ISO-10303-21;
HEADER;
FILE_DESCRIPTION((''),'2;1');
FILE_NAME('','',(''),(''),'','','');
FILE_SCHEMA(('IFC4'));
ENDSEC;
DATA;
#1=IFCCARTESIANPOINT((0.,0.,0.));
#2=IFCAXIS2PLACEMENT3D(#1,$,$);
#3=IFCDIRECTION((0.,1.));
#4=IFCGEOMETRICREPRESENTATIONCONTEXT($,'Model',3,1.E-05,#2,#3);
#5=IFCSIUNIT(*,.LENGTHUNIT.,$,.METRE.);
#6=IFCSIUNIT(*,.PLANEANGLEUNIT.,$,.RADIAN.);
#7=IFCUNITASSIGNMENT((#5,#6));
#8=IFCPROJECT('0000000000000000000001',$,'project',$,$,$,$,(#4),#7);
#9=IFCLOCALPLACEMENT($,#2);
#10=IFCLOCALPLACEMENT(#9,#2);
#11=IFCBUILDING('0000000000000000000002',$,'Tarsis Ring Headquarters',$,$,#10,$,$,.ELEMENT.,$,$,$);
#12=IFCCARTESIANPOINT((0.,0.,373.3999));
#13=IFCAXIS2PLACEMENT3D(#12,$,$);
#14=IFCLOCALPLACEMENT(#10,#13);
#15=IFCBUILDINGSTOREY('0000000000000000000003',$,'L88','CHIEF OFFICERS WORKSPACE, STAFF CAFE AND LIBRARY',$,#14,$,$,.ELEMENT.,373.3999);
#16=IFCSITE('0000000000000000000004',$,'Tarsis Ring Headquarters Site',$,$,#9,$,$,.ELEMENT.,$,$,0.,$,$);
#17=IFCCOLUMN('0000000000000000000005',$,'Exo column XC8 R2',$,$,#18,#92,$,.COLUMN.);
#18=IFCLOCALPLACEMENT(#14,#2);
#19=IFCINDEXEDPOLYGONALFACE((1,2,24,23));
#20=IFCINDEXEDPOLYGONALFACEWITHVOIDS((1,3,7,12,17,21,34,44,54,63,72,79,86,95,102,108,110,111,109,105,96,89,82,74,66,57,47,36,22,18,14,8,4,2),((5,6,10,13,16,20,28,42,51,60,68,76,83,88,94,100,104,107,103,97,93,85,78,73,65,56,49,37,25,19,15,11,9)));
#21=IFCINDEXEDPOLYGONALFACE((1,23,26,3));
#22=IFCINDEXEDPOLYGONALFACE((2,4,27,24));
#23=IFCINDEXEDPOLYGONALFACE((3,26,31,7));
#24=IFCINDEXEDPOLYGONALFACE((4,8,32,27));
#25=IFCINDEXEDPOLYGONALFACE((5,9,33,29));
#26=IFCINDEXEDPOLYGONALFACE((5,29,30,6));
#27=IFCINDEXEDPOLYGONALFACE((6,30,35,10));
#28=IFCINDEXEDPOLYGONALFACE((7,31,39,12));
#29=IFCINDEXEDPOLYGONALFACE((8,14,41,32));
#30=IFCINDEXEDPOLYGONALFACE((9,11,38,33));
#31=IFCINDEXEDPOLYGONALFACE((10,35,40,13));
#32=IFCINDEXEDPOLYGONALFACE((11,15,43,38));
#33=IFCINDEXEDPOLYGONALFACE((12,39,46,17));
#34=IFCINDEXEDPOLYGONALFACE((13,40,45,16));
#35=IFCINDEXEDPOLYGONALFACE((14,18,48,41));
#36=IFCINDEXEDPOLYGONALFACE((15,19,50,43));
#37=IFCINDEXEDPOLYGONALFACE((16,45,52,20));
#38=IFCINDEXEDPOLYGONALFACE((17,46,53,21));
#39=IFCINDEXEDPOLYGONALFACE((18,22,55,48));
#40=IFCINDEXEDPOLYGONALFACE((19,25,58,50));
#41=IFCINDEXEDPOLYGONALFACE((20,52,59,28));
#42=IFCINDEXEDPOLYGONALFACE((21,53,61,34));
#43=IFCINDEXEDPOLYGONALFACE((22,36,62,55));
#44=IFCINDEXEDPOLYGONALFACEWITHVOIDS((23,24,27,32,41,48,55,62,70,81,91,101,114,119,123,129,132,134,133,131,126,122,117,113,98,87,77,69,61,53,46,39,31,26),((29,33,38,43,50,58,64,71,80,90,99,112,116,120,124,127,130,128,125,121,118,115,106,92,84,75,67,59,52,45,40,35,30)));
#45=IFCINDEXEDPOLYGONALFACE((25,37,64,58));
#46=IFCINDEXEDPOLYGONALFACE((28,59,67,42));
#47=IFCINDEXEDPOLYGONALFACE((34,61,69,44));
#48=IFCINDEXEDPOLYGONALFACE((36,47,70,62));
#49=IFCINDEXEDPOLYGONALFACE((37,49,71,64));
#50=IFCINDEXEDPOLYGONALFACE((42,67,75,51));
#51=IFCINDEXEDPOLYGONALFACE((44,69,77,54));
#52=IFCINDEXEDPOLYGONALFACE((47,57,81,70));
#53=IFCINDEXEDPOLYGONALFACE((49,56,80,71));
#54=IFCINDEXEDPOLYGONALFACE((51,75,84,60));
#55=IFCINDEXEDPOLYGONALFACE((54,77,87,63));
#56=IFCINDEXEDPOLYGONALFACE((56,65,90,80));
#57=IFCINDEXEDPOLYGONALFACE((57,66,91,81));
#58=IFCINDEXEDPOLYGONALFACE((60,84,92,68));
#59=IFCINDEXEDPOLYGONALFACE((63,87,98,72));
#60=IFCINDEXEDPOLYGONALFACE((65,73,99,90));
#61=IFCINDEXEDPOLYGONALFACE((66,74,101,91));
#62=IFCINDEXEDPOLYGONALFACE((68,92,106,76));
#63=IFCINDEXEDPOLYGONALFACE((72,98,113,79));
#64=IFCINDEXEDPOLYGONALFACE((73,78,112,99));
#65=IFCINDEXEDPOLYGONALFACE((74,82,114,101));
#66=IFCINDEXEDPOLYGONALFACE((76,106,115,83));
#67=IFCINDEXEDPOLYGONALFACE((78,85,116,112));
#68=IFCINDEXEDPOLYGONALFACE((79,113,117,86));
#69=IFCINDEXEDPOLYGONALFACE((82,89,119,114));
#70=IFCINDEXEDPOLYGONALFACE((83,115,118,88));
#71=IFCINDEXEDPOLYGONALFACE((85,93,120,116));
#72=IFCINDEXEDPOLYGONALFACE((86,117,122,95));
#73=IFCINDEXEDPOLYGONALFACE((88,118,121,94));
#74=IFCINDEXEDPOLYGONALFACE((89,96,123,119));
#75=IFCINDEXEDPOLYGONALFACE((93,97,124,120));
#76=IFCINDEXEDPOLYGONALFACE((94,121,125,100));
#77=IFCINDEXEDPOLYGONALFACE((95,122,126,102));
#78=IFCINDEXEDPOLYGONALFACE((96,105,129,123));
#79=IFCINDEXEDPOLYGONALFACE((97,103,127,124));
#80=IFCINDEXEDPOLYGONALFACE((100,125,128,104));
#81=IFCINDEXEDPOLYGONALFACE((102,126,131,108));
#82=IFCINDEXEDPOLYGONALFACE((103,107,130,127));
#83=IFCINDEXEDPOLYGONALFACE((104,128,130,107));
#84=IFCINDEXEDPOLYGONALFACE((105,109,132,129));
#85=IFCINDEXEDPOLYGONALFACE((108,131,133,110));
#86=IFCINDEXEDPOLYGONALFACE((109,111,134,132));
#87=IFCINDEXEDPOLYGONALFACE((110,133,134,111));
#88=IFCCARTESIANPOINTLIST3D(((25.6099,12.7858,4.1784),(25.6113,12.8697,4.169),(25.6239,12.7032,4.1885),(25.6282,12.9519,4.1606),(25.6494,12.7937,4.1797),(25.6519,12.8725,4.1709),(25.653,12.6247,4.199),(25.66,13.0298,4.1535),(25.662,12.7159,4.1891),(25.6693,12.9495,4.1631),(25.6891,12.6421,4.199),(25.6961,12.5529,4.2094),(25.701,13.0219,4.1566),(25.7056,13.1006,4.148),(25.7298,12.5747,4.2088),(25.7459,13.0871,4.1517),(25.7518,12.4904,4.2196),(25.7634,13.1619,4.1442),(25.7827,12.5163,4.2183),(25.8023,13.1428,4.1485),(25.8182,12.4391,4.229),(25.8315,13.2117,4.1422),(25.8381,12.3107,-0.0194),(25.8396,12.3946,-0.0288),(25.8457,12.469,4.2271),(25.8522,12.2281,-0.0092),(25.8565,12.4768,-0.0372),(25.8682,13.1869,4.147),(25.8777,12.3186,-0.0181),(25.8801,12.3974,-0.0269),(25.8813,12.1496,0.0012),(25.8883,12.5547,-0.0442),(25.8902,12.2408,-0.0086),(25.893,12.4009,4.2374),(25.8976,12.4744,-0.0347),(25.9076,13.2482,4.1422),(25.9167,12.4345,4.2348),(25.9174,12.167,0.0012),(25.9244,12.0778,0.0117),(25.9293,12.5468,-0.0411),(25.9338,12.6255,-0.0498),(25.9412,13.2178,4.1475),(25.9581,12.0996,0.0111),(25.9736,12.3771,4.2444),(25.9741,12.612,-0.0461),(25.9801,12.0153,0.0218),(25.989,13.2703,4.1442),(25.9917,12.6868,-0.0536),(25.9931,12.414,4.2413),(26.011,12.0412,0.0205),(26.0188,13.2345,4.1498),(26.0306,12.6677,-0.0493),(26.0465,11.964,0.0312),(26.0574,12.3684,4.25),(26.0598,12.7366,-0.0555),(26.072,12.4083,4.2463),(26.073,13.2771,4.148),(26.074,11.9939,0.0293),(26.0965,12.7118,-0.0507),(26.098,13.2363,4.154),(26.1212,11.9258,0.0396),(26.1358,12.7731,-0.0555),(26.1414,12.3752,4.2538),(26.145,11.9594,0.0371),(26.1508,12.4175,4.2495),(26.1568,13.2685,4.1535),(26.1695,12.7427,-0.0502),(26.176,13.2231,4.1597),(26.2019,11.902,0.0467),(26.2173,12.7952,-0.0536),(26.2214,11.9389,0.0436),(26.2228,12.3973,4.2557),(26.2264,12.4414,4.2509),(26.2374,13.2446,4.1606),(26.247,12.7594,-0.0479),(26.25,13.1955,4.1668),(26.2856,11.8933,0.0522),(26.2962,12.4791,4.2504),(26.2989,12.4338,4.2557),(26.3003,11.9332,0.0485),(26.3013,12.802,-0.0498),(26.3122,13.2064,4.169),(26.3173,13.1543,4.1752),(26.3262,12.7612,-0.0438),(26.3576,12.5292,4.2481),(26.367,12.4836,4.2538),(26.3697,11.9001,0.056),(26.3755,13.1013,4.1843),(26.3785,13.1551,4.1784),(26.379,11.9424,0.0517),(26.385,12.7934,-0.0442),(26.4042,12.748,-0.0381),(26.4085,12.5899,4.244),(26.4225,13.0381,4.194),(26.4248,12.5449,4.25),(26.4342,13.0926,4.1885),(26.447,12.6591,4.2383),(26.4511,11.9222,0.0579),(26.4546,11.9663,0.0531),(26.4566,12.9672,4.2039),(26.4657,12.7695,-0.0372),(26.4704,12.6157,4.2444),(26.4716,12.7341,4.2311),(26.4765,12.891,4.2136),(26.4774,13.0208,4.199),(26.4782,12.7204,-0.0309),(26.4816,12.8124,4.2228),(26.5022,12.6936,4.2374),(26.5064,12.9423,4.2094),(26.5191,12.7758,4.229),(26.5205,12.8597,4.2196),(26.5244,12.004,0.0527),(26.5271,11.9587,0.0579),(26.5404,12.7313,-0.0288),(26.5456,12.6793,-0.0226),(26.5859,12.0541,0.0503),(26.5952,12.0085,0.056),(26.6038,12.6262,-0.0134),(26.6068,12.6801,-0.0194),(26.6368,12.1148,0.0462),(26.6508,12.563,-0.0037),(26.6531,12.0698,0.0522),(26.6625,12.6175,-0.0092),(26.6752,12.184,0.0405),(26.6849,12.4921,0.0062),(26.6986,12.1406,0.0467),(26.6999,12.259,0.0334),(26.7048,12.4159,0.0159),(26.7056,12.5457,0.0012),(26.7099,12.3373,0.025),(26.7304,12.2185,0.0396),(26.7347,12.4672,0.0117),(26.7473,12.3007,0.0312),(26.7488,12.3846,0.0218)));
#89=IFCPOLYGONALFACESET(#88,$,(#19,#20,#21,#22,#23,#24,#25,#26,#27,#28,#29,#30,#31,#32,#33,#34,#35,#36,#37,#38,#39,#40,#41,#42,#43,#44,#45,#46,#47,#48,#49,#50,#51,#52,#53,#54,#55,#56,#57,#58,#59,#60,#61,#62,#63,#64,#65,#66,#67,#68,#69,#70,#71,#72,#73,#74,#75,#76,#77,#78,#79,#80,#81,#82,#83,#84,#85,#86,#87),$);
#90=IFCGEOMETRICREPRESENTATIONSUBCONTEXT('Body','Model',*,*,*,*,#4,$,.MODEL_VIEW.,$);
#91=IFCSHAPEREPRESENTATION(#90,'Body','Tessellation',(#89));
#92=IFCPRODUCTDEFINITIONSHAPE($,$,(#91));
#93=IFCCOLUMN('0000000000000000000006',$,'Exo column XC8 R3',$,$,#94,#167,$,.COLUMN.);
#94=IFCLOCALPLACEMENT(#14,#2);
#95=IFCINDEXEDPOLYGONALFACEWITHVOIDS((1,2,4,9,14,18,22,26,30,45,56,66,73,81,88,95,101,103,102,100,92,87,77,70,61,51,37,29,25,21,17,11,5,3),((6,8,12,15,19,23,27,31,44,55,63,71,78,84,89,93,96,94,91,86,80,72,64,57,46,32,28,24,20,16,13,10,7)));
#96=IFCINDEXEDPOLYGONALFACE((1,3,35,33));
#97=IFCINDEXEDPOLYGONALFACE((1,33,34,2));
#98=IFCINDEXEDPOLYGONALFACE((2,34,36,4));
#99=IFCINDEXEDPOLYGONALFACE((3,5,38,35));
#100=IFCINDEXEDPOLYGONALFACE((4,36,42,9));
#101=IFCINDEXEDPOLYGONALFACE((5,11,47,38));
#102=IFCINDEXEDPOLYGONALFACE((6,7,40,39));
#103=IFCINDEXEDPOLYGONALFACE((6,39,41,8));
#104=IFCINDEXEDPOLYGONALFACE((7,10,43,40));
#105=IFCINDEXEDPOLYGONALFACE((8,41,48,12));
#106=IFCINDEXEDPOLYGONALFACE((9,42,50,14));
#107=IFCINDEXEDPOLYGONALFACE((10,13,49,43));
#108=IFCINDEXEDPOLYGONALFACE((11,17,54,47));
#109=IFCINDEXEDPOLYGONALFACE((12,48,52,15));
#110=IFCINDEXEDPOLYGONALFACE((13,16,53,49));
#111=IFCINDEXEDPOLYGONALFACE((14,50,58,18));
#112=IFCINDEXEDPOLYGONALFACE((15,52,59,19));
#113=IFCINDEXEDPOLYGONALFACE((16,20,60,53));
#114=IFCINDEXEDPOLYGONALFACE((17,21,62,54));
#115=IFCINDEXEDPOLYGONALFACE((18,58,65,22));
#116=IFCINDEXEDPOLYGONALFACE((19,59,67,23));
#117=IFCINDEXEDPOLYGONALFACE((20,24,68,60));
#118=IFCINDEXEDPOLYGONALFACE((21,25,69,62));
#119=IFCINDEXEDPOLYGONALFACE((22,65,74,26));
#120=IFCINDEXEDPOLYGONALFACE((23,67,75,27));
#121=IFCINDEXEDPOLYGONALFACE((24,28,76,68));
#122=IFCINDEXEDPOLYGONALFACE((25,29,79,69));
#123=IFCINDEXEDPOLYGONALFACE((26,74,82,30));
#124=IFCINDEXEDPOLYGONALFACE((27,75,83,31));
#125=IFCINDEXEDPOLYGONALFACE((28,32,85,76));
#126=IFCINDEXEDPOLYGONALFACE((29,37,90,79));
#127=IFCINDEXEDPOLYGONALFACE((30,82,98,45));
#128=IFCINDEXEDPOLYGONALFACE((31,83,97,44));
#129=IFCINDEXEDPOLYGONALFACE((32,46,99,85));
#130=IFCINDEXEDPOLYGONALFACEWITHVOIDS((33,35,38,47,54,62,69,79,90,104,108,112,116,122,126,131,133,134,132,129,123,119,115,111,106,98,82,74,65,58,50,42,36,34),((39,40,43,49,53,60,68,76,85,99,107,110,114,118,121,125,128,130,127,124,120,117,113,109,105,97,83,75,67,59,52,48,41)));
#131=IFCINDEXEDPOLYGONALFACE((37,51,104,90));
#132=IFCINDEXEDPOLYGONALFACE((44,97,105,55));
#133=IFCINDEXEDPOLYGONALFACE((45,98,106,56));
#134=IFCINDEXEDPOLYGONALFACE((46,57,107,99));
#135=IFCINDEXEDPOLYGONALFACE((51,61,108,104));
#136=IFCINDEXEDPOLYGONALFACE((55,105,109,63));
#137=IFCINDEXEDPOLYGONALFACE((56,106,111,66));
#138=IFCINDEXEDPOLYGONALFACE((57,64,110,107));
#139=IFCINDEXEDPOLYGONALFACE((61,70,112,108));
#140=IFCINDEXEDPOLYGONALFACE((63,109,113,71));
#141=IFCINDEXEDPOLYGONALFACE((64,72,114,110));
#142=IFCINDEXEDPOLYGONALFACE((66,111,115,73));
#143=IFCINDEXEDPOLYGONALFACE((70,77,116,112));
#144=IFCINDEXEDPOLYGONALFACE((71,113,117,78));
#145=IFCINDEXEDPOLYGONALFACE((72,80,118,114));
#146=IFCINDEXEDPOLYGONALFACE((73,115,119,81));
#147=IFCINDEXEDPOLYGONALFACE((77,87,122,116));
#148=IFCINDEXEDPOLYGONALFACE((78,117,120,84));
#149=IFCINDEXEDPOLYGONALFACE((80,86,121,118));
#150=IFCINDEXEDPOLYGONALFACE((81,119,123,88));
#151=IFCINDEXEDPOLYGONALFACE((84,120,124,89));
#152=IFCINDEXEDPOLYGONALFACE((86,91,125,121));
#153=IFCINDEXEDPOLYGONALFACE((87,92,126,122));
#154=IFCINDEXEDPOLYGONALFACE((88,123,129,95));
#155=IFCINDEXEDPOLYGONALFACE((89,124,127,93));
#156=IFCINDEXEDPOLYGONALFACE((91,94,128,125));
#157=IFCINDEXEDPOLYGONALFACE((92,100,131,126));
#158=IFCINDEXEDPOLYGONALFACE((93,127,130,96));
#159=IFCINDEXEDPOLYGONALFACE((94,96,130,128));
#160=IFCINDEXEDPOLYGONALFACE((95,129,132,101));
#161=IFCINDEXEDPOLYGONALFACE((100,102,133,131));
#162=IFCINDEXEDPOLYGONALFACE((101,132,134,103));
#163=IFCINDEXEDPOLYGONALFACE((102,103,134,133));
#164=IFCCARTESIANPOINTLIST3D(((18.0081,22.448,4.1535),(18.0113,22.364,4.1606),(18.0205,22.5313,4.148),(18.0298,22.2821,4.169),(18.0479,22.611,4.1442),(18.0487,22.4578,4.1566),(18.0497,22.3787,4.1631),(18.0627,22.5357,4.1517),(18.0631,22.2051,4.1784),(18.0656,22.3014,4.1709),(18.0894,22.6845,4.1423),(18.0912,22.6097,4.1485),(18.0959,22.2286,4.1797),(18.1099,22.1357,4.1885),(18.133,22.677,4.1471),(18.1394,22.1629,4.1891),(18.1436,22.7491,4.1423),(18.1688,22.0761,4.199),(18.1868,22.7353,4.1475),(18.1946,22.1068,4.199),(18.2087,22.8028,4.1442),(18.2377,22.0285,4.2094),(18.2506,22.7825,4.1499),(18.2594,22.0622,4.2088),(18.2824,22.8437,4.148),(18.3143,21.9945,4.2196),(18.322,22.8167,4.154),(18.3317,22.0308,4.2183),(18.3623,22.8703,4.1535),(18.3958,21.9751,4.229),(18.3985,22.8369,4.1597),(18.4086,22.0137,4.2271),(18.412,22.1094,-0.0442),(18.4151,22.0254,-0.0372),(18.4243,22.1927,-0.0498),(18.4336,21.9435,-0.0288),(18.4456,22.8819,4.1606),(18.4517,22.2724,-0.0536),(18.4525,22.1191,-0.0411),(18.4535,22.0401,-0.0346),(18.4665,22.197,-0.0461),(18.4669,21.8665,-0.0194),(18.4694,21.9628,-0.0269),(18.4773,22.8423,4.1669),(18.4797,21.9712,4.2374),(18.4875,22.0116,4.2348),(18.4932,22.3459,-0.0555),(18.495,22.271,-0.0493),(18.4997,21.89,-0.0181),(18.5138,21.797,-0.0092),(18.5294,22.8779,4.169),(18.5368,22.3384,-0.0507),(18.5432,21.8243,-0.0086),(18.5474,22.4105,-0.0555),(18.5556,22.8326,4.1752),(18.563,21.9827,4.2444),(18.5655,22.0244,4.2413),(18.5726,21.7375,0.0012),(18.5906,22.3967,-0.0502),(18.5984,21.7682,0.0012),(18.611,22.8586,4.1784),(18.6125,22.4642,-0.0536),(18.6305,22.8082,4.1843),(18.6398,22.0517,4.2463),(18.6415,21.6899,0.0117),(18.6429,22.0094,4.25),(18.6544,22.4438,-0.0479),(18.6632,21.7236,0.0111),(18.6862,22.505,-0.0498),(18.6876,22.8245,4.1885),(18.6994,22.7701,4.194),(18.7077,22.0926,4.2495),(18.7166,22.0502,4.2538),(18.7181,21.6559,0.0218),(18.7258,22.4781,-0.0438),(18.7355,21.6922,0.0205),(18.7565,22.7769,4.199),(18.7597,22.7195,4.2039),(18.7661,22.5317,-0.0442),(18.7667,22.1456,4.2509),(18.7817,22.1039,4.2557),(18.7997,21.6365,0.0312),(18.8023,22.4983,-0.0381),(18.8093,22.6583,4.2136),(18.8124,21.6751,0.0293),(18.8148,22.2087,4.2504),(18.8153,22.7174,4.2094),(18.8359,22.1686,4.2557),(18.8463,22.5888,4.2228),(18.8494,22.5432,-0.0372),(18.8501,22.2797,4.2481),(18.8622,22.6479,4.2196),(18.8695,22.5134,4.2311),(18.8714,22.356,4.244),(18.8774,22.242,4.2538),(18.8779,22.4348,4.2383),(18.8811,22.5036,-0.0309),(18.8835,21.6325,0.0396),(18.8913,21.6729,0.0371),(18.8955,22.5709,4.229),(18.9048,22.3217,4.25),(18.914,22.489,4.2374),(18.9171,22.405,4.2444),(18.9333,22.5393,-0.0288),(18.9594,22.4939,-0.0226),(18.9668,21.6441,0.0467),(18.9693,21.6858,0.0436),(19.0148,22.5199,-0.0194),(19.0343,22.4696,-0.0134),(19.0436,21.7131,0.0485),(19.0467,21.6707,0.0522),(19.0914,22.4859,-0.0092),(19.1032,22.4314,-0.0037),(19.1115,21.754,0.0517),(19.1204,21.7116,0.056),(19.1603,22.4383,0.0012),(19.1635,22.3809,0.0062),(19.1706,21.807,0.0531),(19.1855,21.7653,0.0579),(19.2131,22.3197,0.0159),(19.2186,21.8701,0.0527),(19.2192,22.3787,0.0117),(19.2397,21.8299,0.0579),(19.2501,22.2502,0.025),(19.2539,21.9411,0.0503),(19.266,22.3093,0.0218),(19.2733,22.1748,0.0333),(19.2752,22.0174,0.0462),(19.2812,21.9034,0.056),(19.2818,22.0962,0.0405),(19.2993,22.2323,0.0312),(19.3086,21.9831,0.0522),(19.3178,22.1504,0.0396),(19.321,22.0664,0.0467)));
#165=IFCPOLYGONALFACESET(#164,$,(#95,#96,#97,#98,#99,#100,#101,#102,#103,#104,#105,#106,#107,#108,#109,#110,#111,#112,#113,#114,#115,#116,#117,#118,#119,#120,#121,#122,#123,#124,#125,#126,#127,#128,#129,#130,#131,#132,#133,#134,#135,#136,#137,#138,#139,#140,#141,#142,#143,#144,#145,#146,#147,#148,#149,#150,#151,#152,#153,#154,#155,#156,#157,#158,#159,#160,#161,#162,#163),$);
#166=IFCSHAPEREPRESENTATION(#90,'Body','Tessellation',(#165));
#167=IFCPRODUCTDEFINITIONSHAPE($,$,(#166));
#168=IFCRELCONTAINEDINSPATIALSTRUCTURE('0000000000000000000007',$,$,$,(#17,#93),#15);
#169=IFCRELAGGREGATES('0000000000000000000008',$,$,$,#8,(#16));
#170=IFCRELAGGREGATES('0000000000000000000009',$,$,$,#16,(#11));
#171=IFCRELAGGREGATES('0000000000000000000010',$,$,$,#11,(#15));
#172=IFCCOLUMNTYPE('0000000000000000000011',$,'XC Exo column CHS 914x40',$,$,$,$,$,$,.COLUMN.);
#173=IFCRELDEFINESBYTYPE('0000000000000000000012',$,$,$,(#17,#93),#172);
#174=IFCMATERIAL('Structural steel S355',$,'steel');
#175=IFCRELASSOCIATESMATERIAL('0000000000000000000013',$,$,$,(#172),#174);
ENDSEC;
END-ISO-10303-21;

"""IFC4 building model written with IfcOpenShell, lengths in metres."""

from ifc_helpers import new_model, si_unit, direction, frame, origin, origin_2d, place, context, subcontext, project, spatial, hollow_circle, extrude, material, material_profile, profile_set, type_object, element, save


model = new_model("IFC4")

# Units and contexts
model_context = context("Model", 3, precision=1e-05, world=origin(), true_north=direction((0.0, 1.0)))
body_context = subcontext(model_context, "Body", "Model", "MODEL_VIEW")
ifc_project = project(units=[si_unit("LENGTHUNIT", "METRE"), si_unit("PLANEANGLEUNIT", "RADIAN")], contexts=[model_context])

# Site, building, storey
site_placement = place(None, origin())
site = spatial("IfcSite", under=ifc_project, at=site_placement, Name="Tarsis Ring Headquarters Site", CompositionType="ELEMENT", RefElevation=0.0)
building_placement = place(site_placement, origin())
building = spatial("IfcBuilding", under=site, at=building_placement, Name="Tarsis Ring Headquarters", CompositionType="ELEMENT")
storey_placement = place(building_placement, frame((0.0, 0.0, 373.3999)))
storey = spatial("IfcBuildingStorey", under=building, at=storey_placement, Name="L88", Description="CHIEF OFFICERS WORKSPACE, STAFF CAFE AND LIBRARY", CompositionType="ELEMENT", Elevation=373.3999)

# Columns
ifc_material_1 = material(Name="Structural steel S355", Category="steel")
ifc_material_profile_1 = material_profile(ifc_material_1, hollow_circle(Radius=0.457, WallThickness=0.04, at=origin_2d()), Name="CHS 914x40")
ifc_profile_set_1 = profile_set([ifc_material_profile_1], Name="Structural steel S355")
column_type = type_object("IfcColumnType", Name="XC Exo column CHS 914x40", PredefinedType="COLUMN", material=ifc_profile_set_1)
for number, where, z_axis, x_axis, name in (
    (1, (26.2935, 12.3477, 0.0012), (-0.053956, 0.112297, 0.992209), (-0.901357, -0.433077, 0.0), "Exo column XC8 R2"),
    (2, (18.8665, 22.0879, 0.0012), (-0.095447, 0.080039, 0.992211), (-0.642551, -0.766243, 0.0), "Exo column XC8 R3"),
):
    element("IfcColumn", number, at=place(storey_placement, frame(where, z_axis=z_axis, x_axis=x_axis)), inside=storey, type_object=column_type, Name=name, PredefinedType="COLUMN", context=body_context, shape_type="SweptSolid", body=[
        extrude(hollow_circle(Radius=0.4573, WallThickness=0.04, at=origin_2d()), origin(), (0.0, 0.0, 1.0), 4.2307),
    ])

save(model, "model.ifc")
